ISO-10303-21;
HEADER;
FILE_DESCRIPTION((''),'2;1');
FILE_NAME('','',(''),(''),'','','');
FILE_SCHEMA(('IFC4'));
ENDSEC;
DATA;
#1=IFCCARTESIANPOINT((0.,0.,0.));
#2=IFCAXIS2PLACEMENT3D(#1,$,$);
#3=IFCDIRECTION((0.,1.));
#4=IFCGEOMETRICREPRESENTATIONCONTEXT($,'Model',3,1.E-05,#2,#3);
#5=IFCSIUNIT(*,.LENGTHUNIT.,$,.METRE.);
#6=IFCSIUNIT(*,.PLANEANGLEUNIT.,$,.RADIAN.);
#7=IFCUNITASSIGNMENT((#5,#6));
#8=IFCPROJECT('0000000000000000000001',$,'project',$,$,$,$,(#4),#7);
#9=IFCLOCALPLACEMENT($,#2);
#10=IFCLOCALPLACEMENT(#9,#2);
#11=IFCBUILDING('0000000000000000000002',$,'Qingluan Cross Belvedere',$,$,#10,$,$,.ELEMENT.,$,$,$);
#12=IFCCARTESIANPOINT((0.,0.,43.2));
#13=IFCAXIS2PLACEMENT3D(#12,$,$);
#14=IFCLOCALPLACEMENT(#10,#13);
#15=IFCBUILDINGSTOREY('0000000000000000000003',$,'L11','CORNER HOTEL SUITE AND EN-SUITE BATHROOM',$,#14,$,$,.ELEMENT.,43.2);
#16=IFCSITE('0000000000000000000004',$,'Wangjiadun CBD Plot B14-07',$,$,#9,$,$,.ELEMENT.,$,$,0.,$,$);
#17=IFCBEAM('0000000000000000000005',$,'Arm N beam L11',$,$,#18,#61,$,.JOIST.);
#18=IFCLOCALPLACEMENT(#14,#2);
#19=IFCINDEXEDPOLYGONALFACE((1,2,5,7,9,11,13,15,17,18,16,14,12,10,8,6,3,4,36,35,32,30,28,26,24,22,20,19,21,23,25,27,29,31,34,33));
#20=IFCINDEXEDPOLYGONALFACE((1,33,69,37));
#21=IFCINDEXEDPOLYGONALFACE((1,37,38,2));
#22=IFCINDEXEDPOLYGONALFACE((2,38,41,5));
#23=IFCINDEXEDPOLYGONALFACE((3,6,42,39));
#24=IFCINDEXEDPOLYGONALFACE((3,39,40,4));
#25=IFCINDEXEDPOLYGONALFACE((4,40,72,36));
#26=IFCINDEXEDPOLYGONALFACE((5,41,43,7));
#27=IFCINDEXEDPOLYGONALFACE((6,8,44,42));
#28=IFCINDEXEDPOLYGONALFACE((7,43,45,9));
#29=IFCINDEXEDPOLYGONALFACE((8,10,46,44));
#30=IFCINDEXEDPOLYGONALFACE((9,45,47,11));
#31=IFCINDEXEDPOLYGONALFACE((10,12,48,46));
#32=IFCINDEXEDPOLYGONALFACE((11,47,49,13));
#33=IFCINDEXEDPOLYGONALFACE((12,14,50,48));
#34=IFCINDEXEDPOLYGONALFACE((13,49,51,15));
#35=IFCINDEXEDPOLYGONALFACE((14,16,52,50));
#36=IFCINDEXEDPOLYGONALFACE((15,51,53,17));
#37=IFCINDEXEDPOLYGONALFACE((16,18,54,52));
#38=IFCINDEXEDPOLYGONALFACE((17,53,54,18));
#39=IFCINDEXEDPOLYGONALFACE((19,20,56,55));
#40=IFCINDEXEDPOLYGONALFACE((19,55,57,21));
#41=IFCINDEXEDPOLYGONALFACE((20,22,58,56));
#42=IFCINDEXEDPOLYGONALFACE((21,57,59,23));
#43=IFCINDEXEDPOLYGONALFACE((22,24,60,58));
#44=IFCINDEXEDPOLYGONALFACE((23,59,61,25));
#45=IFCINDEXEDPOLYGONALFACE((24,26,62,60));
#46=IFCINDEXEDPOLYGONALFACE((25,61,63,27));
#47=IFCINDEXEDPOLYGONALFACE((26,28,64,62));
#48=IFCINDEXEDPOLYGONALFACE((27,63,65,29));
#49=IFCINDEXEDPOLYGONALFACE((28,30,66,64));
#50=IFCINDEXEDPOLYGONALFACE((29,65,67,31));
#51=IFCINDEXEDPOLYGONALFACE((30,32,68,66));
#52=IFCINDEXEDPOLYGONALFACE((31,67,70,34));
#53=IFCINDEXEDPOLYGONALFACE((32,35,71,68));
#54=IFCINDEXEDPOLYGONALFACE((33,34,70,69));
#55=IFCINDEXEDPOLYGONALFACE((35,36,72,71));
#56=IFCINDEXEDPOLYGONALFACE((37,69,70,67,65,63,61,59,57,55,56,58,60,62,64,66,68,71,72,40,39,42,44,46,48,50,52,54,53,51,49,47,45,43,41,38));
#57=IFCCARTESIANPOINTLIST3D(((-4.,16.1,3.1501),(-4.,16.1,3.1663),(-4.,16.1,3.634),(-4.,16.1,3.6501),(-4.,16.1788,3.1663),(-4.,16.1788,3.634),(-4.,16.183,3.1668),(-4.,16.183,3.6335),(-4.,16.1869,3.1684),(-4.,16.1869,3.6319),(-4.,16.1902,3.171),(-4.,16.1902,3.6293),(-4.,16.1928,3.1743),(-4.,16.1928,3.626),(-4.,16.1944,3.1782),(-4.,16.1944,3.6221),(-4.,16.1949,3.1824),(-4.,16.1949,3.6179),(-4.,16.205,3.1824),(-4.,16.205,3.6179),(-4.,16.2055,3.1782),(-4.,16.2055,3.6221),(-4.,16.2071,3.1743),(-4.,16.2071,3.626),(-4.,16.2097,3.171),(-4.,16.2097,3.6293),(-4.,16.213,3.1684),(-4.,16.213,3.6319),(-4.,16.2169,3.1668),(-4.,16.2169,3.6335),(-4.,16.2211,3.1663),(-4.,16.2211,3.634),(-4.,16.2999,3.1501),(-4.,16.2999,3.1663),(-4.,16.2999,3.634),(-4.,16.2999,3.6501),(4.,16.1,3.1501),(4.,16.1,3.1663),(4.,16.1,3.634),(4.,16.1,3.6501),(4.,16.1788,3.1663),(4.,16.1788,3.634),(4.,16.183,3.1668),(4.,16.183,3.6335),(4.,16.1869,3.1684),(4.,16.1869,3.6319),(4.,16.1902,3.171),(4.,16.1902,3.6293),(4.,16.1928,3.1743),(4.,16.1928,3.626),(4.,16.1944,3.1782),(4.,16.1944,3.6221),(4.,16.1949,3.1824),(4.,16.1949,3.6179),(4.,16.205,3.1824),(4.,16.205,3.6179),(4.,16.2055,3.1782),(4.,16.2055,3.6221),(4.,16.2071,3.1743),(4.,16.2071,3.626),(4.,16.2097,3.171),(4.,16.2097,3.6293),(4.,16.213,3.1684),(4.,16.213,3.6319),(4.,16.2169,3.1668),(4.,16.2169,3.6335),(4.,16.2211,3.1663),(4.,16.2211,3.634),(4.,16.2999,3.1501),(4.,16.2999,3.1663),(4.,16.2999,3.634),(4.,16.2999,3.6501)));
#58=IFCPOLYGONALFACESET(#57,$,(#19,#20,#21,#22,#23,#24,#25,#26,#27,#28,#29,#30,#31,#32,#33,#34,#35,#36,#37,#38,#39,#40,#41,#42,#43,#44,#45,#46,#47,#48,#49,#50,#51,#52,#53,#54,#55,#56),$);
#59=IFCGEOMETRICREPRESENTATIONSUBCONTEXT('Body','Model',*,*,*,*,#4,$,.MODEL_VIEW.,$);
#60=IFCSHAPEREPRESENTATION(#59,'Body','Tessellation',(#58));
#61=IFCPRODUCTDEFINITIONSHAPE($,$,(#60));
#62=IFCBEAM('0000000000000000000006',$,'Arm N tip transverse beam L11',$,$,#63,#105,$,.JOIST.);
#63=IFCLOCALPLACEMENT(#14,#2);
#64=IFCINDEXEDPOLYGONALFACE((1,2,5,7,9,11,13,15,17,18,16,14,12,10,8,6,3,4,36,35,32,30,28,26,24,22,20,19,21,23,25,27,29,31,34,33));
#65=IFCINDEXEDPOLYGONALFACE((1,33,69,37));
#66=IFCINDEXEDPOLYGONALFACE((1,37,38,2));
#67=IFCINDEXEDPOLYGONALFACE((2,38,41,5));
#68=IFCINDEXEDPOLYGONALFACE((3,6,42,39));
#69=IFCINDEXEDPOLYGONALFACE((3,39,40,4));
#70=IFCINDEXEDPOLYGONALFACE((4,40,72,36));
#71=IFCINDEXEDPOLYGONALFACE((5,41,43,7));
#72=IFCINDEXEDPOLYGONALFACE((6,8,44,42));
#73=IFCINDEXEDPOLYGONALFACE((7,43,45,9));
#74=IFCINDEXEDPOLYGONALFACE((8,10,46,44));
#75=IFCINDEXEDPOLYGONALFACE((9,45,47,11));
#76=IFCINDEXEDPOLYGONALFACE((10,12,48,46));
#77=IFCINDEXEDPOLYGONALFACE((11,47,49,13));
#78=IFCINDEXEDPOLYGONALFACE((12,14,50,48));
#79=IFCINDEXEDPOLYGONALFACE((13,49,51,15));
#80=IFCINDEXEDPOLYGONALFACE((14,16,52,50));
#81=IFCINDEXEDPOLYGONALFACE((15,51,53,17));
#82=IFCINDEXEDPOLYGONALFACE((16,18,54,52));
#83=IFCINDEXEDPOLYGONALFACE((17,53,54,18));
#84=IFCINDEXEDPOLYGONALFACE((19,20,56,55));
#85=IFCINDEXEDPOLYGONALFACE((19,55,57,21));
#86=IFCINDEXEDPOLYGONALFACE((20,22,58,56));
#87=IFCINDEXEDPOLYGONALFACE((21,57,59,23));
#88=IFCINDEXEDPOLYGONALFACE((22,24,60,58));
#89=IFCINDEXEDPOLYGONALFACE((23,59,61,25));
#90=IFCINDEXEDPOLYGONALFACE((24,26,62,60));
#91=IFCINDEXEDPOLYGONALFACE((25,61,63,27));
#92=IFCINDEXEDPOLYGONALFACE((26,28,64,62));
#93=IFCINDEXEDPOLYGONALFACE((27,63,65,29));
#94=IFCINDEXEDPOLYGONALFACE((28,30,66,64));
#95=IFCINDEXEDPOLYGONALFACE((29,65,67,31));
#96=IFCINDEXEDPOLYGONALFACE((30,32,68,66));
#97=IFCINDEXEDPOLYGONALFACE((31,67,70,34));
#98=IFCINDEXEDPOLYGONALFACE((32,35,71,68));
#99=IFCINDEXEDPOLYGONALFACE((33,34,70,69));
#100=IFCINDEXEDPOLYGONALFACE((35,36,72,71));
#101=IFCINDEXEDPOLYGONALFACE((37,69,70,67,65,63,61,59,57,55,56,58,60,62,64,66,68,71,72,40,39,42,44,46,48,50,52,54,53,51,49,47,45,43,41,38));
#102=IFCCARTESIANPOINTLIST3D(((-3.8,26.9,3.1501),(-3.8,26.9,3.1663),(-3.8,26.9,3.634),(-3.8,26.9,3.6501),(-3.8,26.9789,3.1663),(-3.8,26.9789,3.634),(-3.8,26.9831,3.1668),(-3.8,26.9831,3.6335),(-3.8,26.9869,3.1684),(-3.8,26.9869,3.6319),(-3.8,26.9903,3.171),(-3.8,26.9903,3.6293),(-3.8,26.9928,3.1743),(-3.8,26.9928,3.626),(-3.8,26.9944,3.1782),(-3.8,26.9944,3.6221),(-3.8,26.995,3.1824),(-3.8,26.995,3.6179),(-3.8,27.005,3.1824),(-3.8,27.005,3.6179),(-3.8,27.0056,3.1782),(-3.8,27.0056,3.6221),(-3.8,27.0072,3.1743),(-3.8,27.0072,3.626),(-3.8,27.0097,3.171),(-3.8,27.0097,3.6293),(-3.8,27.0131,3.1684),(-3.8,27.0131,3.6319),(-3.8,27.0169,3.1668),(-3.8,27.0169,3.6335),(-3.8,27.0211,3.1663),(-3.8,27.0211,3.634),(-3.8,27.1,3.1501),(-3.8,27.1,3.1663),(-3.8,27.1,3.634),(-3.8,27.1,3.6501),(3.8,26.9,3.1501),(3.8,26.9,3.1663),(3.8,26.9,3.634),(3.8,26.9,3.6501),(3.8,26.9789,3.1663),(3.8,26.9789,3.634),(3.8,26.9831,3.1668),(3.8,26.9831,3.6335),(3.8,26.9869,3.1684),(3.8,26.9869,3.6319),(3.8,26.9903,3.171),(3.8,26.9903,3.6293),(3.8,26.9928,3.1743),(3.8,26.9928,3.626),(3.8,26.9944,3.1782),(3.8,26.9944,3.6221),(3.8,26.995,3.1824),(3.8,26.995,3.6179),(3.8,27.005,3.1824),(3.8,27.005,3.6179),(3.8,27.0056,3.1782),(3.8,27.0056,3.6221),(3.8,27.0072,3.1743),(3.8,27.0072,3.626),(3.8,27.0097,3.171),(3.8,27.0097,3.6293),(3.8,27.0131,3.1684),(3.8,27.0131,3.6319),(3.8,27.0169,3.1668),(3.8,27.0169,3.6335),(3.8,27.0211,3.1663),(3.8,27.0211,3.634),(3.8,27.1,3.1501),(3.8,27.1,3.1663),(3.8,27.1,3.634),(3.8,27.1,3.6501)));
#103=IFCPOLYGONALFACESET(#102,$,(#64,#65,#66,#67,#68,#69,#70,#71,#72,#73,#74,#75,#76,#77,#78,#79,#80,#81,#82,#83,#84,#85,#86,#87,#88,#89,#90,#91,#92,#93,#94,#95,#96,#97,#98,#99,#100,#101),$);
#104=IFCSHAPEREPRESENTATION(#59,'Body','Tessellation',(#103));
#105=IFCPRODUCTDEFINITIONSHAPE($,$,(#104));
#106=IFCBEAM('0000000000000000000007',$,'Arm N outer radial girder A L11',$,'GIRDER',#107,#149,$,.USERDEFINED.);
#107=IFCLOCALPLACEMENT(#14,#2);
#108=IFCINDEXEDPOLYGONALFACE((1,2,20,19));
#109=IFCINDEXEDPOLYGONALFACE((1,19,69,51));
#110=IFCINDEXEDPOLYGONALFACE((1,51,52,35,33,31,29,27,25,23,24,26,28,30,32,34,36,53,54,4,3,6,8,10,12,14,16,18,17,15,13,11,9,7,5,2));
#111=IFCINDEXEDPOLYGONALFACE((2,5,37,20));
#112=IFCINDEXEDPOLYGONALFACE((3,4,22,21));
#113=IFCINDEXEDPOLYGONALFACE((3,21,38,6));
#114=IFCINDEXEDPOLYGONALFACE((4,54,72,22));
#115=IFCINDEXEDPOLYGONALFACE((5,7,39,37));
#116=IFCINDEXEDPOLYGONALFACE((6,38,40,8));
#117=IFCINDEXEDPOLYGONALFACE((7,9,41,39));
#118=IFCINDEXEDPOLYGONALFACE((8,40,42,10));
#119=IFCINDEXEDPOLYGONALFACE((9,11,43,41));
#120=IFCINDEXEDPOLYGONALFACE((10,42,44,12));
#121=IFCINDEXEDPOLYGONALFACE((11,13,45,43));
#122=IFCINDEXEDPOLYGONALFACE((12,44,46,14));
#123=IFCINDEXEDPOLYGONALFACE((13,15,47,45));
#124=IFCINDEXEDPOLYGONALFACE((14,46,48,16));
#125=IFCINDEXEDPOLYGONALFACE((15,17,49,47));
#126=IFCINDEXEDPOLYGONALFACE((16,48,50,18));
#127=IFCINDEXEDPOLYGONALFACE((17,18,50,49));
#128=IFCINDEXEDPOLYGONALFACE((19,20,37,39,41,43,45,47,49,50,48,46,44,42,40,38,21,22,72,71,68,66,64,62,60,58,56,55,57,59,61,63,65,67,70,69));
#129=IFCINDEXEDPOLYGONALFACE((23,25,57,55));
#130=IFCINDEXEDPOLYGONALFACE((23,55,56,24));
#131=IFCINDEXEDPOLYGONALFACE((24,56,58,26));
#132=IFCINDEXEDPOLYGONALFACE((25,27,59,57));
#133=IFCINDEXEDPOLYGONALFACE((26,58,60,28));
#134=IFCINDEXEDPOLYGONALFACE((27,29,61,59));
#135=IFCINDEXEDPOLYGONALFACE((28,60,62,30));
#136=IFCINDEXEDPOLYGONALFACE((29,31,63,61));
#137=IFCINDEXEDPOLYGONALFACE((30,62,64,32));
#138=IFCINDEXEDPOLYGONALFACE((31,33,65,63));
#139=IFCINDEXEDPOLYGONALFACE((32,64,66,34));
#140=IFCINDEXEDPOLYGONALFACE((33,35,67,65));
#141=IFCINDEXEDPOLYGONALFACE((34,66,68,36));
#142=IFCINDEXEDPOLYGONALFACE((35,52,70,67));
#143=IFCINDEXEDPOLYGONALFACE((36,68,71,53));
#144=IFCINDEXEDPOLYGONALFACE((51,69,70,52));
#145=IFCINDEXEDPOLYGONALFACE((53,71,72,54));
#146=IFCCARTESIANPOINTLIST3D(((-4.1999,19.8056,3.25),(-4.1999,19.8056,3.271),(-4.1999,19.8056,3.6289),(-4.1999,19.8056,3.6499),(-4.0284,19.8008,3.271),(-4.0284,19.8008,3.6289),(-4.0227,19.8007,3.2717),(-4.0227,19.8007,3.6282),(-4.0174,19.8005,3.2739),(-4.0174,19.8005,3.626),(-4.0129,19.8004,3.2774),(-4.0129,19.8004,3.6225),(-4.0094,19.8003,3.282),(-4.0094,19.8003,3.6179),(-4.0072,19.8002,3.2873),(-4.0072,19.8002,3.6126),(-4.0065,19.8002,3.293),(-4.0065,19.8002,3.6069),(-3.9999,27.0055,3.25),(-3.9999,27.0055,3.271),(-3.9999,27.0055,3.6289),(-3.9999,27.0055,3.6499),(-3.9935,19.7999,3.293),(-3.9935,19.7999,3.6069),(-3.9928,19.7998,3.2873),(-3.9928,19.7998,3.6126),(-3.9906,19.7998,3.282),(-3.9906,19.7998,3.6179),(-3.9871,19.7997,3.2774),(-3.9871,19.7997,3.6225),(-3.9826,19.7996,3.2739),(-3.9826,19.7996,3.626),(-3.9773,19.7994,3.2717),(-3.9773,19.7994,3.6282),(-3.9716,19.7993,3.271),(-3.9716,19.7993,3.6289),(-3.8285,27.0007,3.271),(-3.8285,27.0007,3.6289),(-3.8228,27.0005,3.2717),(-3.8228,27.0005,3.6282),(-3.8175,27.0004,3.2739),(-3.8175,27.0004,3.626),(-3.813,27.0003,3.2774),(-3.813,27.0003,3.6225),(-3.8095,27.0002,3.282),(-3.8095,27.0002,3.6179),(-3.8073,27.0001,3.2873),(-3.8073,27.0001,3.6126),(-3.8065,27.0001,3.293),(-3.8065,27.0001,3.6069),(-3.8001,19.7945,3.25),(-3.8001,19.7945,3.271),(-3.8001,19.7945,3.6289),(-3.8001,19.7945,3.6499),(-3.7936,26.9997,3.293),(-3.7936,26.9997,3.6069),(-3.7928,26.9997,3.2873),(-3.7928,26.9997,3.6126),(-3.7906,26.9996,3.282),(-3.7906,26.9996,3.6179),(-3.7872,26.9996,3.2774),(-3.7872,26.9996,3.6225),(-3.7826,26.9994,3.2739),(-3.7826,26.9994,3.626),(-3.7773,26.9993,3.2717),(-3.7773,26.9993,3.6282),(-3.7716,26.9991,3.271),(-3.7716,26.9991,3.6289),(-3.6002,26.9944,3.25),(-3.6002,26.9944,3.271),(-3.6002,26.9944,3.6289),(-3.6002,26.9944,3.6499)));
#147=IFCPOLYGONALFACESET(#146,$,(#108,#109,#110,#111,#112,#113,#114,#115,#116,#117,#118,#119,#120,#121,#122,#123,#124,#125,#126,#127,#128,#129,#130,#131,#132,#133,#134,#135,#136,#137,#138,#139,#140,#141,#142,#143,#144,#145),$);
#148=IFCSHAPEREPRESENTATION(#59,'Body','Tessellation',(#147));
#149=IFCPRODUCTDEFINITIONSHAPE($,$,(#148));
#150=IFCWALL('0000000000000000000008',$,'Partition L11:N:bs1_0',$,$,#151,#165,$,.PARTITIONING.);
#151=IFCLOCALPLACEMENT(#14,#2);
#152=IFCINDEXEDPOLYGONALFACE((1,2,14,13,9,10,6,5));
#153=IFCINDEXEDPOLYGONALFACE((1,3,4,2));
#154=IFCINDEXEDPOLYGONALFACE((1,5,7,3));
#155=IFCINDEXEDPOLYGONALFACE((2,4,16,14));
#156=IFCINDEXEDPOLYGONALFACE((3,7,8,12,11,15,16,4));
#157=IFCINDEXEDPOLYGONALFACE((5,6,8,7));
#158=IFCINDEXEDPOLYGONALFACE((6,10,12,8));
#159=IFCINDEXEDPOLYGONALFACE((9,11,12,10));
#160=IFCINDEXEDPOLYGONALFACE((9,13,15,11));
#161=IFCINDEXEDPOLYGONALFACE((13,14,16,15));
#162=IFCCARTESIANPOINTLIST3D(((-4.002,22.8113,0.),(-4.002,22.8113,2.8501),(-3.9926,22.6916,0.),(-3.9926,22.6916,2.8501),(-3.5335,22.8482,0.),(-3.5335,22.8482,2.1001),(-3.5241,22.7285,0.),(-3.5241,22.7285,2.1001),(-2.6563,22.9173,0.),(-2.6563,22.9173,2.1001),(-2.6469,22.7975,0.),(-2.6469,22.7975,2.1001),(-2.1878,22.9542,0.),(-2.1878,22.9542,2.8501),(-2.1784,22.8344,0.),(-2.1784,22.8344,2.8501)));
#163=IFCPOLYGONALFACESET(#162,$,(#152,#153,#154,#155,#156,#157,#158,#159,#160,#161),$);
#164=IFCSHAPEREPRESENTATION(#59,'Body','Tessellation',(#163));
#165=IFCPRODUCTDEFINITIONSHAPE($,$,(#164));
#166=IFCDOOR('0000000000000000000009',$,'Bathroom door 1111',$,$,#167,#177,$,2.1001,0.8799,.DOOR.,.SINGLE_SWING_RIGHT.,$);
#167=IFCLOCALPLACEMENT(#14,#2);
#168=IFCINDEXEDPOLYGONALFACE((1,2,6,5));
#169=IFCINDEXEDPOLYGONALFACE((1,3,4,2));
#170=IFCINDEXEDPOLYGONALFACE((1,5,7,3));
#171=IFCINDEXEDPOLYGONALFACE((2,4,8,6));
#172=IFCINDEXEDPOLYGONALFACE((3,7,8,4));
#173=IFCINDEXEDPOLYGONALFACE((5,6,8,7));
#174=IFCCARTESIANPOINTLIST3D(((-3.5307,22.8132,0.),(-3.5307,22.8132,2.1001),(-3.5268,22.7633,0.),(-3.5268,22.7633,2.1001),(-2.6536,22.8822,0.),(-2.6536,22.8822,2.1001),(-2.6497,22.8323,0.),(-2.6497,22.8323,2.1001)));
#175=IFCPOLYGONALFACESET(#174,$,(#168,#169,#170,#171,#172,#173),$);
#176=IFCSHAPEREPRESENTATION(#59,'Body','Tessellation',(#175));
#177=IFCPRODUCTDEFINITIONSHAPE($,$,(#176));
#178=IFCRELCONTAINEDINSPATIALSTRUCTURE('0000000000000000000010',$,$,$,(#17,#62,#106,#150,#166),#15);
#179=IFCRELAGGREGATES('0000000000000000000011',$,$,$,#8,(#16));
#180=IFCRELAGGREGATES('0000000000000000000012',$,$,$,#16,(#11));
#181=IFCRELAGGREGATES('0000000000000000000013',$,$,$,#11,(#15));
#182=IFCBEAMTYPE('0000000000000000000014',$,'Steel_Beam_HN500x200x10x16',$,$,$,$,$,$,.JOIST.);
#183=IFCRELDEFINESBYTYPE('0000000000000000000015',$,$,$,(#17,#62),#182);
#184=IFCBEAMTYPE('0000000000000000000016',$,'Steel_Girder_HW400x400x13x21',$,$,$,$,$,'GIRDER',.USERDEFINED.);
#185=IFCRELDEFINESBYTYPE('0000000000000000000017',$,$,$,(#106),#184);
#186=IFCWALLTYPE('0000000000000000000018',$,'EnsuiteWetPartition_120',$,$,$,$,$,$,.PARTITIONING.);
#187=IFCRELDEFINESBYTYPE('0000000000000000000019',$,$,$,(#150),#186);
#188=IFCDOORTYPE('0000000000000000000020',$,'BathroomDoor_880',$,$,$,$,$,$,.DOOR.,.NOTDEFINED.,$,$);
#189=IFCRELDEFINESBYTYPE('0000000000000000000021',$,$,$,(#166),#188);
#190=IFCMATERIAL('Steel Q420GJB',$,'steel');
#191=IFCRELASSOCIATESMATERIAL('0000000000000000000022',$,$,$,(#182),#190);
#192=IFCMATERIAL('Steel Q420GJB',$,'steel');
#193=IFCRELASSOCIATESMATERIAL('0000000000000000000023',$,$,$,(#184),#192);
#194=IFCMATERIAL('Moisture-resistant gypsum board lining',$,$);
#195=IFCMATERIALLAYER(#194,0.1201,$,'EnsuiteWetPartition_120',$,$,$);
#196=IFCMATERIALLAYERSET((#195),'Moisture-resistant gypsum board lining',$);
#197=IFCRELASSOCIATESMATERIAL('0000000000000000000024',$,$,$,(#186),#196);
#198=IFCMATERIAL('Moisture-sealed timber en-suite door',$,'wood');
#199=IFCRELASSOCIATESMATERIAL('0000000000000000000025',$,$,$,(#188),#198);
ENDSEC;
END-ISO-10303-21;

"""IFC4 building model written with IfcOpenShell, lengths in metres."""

from ifc_helpers import new_model, si_unit, direction, frame, frame_2d, origin, origin_2d, place, context, subcontext, project, spatial, rectangle, i_section, extrude, material, layer, layer_set, material_profile, profile_set, type_object, element, fill, save


model = new_model("IFC4")

# Units and contexts
model_context = context("Model", 3, precision=1e-05, world=origin(), true_north=direction((0.0, 1.0)))
body_context = subcontext(model_context, "Body", "Model", "MODEL_VIEW")
ifc_project = project(units=[si_unit("LENGTHUNIT", "METRE"), si_unit("PLANEANGLEUNIT", "RADIAN")], contexts=[model_context])

# Site, building, storey
site_placement = place(None, origin())
site = spatial("IfcSite", under=ifc_project, at=site_placement, Name="Wangjiadun CBD Plot B14-07", CompositionType="ELEMENT", RefElevation=0.0)
building_placement = place(site_placement, origin())
building = spatial("IfcBuilding", under=site, at=building_placement, Name="Qingluan Cross Belvedere", CompositionType="ELEMENT")
storey_placement = place(building_placement, frame((0.0, 0.0, 43.2)))
storey = spatial("IfcBuildingStorey", under=building, at=storey_placement, Name="L11", Description="CORNER HOTEL SUITE AND EN-SUITE BATHROOM", CompositionType="ELEMENT", Elevation=43.2)

# Beams
ifc_material_1 = material(Name="Steel Q420GJB", Category="steel")
ifc_material_profile_1 = material_profile(ifc_material_1, i_section(OverallWidth=0.2, OverallDepth=0.5, WebThickness=0.01, FlangeThickness=0.0161, FilletRadius=0.0161, at=origin_2d()), Name="HN500x200x10x16")
ifc_profile_set_1 = profile_set([ifc_material_profile_1], Name="Steel Q420GJB")
beam_type_1 = type_object("IfcBeamType", Name="Steel_Beam_HN500x200x10x16", PredefinedType="JOIST", material=ifc_profile_set_1)
for number, where, z_axis, x_axis, name in (
    (1, (-4.0, 16.2, 3.4001), (1.0, 0.0, 0.0), (0.0, 1.0, 0.0), "Arm N beam L11"),
):
    element("IfcBeam", number, at=place(storey_placement, frame(where, z_axis=z_axis, x_axis=x_axis)), inside=storey, type_object=beam_type_1, Name=name, PredefinedType="JOIST", context=body_context, shape_type="SweptSolid", body=[
        extrude(i_section(OverallWidth=0.2, OverallDepth=0.5, WebThickness=0.01, FlangeThickness=0.0161, FilletRadius=0.0161, at=origin_2d()), origin(), (0.0, 0.0, 1.0), 8.0),
    ])
beam_1_placement = place(storey_placement, frame((-3.8, 27.0, 3.4001), z_axis=(1.0, 0.0, 0.0), x_axis=(0.0, 1.0, 0.0)))
element("IfcBeam", 2, at=beam_1_placement, inside=storey, type_object=beam_type_1, Name="Arm N tip transverse beam L11", PredefinedType="JOIST", context=body_context, shape_type="SweptSolid", body=[
    extrude(i_section(OverallWidth=0.2, OverallDepth=0.5, WebThickness=0.01, FlangeThickness=0.0161, FilletRadius=0.0161, at=origin_2d()), origin(), (0.0, 0.0, 1.0), 7.6001),
])
ifc_material_2 = material(Name="Steel Q420GJB", Category="steel")
ifc_material_profile_2 = material_profile(ifc_material_2, i_section(OverallWidth=0.3999, OverallDepth=0.3999, WebThickness=0.0129, FlangeThickness=0.021, FilletRadius=0.022, at=origin_2d()), Name="HW400x400x13x21")
ifc_profile_set_2 = profile_set([ifc_material_profile_2], Name="Steel Q420GJB")
beam_type_2 = type_object("IfcBeamType", Name="Steel_Girder_HW400x400x13x21", ElementType="GIRDER", PredefinedType="USERDEFINED", material=ifc_profile_set_2)
beam_2_placement = place(storey_placement, frame((-4.0, 19.8, 3.45), z_axis=(0.02776, 0.999615, 0.0), x_axis=(-0.999615, 0.02776, 0.0)))
element("IfcBeam", 3, at=beam_2_placement, inside=storey, type_object=beam_type_2, Name="Arm N outer radial girder A L11", ObjectType="GIRDER", PredefinedType="USERDEFINED", context=body_context, shape_type="SweptSolid", body=[
    extrude(i_section(OverallWidth=0.3999, OverallDepth=0.3999, WebThickness=0.0129, FlangeThickness=0.021, FilletRadius=0.022, at=origin_2d()), origin(), (0.0, 0.0, 1.0), 7.2026),
])

# Wall, opening, door
ifc_material_3 = material(Name="Moisture-resistant gypsum board lining")
ifc_layer_1 = layer(ifc_material_3, 0.1201, Name="EnsuiteWetPartition_120")
ifc_layer_set_1 = layer_set([ifc_layer_1], Name="Moisture-resistant gypsum board lining")
wall_type_1 = type_object("IfcWallType", Name="EnsuiteWetPartition_120", PredefinedType="PARTITIONING", material=ifc_layer_set_1)
wall_1_placement = place(storey_placement, frame((-3.9973, 22.7515, 0.0), z_axis=(0.0, 0.0, 1.0), x_axis=(0.996916, 0.078481, 0.0)))
wall_1 = element("IfcWall", 4, at=wall_1_placement, inside=storey, type_object=wall_type_1, Name="Partition L11:N:bs1_0", PredefinedType="PARTITIONING", context=body_context, shape_type="SweptSolid", body=[
    extrude(rectangle(XDim=1.8198, YDim=0.1201, at=frame_2d((0.9099, 0.0))), origin(), (0.0, 0.0, 1.0), 2.8501),
])
opening_1_placement = place(wall_1_placement, frame((0.47, 0.0, 0.0)))
opening_1 = element("IfcOpeningElement", 5, at=opening_1_placement, cuts=wall_1, PredefinedType="OPENING", context=body_context, shape_type="SweptSolid", body=[
    extrude(rectangle(XDim=0.8799, YDim=2.1001, at=frame_2d((0.4399, 1.05))), frame((0.0, 0.0701, 0.0), z_axis=(0.0, -1.0, 0.0), x_axis=(1.0, 0.0, 0.0)), (0.0, 0.0, 1.0), 0.1401),
])
ifc_material_4 = material(Name="Moisture-sealed timber en-suite door", Category="wood")
door_type_1 = type_object("IfcDoorType", Name="BathroomDoor_880", OperationType="NOTDEFINED", PredefinedType="DOOR", material=ifc_material_4)
door_1_placement = place(opening_1_placement, origin())
door_1 = element("IfcDoor", 6, at=door_1_placement, inside=storey, type_object=door_type_1, Name="Bathroom door 1111", OperationType="SINGLE_SWING_RIGHT", OverallHeight=2.1001, OverallWidth=0.8799, PredefinedType="DOOR", context=body_context, shape_type="SweptSolid", body=[
    extrude(rectangle(XDim=0.8799, YDim=2.1001, at=frame_2d((0.4399, 1.05))), frame((0.0, 0.0249, 0.0), z_axis=(0.0, -1.0, 0.0), x_axis=(1.0, 0.0, 0.0)), (0.0, 0.0, 1.0), 0.05),
])
fill(opening_1, door_1)

save(model, "model.ifc")
